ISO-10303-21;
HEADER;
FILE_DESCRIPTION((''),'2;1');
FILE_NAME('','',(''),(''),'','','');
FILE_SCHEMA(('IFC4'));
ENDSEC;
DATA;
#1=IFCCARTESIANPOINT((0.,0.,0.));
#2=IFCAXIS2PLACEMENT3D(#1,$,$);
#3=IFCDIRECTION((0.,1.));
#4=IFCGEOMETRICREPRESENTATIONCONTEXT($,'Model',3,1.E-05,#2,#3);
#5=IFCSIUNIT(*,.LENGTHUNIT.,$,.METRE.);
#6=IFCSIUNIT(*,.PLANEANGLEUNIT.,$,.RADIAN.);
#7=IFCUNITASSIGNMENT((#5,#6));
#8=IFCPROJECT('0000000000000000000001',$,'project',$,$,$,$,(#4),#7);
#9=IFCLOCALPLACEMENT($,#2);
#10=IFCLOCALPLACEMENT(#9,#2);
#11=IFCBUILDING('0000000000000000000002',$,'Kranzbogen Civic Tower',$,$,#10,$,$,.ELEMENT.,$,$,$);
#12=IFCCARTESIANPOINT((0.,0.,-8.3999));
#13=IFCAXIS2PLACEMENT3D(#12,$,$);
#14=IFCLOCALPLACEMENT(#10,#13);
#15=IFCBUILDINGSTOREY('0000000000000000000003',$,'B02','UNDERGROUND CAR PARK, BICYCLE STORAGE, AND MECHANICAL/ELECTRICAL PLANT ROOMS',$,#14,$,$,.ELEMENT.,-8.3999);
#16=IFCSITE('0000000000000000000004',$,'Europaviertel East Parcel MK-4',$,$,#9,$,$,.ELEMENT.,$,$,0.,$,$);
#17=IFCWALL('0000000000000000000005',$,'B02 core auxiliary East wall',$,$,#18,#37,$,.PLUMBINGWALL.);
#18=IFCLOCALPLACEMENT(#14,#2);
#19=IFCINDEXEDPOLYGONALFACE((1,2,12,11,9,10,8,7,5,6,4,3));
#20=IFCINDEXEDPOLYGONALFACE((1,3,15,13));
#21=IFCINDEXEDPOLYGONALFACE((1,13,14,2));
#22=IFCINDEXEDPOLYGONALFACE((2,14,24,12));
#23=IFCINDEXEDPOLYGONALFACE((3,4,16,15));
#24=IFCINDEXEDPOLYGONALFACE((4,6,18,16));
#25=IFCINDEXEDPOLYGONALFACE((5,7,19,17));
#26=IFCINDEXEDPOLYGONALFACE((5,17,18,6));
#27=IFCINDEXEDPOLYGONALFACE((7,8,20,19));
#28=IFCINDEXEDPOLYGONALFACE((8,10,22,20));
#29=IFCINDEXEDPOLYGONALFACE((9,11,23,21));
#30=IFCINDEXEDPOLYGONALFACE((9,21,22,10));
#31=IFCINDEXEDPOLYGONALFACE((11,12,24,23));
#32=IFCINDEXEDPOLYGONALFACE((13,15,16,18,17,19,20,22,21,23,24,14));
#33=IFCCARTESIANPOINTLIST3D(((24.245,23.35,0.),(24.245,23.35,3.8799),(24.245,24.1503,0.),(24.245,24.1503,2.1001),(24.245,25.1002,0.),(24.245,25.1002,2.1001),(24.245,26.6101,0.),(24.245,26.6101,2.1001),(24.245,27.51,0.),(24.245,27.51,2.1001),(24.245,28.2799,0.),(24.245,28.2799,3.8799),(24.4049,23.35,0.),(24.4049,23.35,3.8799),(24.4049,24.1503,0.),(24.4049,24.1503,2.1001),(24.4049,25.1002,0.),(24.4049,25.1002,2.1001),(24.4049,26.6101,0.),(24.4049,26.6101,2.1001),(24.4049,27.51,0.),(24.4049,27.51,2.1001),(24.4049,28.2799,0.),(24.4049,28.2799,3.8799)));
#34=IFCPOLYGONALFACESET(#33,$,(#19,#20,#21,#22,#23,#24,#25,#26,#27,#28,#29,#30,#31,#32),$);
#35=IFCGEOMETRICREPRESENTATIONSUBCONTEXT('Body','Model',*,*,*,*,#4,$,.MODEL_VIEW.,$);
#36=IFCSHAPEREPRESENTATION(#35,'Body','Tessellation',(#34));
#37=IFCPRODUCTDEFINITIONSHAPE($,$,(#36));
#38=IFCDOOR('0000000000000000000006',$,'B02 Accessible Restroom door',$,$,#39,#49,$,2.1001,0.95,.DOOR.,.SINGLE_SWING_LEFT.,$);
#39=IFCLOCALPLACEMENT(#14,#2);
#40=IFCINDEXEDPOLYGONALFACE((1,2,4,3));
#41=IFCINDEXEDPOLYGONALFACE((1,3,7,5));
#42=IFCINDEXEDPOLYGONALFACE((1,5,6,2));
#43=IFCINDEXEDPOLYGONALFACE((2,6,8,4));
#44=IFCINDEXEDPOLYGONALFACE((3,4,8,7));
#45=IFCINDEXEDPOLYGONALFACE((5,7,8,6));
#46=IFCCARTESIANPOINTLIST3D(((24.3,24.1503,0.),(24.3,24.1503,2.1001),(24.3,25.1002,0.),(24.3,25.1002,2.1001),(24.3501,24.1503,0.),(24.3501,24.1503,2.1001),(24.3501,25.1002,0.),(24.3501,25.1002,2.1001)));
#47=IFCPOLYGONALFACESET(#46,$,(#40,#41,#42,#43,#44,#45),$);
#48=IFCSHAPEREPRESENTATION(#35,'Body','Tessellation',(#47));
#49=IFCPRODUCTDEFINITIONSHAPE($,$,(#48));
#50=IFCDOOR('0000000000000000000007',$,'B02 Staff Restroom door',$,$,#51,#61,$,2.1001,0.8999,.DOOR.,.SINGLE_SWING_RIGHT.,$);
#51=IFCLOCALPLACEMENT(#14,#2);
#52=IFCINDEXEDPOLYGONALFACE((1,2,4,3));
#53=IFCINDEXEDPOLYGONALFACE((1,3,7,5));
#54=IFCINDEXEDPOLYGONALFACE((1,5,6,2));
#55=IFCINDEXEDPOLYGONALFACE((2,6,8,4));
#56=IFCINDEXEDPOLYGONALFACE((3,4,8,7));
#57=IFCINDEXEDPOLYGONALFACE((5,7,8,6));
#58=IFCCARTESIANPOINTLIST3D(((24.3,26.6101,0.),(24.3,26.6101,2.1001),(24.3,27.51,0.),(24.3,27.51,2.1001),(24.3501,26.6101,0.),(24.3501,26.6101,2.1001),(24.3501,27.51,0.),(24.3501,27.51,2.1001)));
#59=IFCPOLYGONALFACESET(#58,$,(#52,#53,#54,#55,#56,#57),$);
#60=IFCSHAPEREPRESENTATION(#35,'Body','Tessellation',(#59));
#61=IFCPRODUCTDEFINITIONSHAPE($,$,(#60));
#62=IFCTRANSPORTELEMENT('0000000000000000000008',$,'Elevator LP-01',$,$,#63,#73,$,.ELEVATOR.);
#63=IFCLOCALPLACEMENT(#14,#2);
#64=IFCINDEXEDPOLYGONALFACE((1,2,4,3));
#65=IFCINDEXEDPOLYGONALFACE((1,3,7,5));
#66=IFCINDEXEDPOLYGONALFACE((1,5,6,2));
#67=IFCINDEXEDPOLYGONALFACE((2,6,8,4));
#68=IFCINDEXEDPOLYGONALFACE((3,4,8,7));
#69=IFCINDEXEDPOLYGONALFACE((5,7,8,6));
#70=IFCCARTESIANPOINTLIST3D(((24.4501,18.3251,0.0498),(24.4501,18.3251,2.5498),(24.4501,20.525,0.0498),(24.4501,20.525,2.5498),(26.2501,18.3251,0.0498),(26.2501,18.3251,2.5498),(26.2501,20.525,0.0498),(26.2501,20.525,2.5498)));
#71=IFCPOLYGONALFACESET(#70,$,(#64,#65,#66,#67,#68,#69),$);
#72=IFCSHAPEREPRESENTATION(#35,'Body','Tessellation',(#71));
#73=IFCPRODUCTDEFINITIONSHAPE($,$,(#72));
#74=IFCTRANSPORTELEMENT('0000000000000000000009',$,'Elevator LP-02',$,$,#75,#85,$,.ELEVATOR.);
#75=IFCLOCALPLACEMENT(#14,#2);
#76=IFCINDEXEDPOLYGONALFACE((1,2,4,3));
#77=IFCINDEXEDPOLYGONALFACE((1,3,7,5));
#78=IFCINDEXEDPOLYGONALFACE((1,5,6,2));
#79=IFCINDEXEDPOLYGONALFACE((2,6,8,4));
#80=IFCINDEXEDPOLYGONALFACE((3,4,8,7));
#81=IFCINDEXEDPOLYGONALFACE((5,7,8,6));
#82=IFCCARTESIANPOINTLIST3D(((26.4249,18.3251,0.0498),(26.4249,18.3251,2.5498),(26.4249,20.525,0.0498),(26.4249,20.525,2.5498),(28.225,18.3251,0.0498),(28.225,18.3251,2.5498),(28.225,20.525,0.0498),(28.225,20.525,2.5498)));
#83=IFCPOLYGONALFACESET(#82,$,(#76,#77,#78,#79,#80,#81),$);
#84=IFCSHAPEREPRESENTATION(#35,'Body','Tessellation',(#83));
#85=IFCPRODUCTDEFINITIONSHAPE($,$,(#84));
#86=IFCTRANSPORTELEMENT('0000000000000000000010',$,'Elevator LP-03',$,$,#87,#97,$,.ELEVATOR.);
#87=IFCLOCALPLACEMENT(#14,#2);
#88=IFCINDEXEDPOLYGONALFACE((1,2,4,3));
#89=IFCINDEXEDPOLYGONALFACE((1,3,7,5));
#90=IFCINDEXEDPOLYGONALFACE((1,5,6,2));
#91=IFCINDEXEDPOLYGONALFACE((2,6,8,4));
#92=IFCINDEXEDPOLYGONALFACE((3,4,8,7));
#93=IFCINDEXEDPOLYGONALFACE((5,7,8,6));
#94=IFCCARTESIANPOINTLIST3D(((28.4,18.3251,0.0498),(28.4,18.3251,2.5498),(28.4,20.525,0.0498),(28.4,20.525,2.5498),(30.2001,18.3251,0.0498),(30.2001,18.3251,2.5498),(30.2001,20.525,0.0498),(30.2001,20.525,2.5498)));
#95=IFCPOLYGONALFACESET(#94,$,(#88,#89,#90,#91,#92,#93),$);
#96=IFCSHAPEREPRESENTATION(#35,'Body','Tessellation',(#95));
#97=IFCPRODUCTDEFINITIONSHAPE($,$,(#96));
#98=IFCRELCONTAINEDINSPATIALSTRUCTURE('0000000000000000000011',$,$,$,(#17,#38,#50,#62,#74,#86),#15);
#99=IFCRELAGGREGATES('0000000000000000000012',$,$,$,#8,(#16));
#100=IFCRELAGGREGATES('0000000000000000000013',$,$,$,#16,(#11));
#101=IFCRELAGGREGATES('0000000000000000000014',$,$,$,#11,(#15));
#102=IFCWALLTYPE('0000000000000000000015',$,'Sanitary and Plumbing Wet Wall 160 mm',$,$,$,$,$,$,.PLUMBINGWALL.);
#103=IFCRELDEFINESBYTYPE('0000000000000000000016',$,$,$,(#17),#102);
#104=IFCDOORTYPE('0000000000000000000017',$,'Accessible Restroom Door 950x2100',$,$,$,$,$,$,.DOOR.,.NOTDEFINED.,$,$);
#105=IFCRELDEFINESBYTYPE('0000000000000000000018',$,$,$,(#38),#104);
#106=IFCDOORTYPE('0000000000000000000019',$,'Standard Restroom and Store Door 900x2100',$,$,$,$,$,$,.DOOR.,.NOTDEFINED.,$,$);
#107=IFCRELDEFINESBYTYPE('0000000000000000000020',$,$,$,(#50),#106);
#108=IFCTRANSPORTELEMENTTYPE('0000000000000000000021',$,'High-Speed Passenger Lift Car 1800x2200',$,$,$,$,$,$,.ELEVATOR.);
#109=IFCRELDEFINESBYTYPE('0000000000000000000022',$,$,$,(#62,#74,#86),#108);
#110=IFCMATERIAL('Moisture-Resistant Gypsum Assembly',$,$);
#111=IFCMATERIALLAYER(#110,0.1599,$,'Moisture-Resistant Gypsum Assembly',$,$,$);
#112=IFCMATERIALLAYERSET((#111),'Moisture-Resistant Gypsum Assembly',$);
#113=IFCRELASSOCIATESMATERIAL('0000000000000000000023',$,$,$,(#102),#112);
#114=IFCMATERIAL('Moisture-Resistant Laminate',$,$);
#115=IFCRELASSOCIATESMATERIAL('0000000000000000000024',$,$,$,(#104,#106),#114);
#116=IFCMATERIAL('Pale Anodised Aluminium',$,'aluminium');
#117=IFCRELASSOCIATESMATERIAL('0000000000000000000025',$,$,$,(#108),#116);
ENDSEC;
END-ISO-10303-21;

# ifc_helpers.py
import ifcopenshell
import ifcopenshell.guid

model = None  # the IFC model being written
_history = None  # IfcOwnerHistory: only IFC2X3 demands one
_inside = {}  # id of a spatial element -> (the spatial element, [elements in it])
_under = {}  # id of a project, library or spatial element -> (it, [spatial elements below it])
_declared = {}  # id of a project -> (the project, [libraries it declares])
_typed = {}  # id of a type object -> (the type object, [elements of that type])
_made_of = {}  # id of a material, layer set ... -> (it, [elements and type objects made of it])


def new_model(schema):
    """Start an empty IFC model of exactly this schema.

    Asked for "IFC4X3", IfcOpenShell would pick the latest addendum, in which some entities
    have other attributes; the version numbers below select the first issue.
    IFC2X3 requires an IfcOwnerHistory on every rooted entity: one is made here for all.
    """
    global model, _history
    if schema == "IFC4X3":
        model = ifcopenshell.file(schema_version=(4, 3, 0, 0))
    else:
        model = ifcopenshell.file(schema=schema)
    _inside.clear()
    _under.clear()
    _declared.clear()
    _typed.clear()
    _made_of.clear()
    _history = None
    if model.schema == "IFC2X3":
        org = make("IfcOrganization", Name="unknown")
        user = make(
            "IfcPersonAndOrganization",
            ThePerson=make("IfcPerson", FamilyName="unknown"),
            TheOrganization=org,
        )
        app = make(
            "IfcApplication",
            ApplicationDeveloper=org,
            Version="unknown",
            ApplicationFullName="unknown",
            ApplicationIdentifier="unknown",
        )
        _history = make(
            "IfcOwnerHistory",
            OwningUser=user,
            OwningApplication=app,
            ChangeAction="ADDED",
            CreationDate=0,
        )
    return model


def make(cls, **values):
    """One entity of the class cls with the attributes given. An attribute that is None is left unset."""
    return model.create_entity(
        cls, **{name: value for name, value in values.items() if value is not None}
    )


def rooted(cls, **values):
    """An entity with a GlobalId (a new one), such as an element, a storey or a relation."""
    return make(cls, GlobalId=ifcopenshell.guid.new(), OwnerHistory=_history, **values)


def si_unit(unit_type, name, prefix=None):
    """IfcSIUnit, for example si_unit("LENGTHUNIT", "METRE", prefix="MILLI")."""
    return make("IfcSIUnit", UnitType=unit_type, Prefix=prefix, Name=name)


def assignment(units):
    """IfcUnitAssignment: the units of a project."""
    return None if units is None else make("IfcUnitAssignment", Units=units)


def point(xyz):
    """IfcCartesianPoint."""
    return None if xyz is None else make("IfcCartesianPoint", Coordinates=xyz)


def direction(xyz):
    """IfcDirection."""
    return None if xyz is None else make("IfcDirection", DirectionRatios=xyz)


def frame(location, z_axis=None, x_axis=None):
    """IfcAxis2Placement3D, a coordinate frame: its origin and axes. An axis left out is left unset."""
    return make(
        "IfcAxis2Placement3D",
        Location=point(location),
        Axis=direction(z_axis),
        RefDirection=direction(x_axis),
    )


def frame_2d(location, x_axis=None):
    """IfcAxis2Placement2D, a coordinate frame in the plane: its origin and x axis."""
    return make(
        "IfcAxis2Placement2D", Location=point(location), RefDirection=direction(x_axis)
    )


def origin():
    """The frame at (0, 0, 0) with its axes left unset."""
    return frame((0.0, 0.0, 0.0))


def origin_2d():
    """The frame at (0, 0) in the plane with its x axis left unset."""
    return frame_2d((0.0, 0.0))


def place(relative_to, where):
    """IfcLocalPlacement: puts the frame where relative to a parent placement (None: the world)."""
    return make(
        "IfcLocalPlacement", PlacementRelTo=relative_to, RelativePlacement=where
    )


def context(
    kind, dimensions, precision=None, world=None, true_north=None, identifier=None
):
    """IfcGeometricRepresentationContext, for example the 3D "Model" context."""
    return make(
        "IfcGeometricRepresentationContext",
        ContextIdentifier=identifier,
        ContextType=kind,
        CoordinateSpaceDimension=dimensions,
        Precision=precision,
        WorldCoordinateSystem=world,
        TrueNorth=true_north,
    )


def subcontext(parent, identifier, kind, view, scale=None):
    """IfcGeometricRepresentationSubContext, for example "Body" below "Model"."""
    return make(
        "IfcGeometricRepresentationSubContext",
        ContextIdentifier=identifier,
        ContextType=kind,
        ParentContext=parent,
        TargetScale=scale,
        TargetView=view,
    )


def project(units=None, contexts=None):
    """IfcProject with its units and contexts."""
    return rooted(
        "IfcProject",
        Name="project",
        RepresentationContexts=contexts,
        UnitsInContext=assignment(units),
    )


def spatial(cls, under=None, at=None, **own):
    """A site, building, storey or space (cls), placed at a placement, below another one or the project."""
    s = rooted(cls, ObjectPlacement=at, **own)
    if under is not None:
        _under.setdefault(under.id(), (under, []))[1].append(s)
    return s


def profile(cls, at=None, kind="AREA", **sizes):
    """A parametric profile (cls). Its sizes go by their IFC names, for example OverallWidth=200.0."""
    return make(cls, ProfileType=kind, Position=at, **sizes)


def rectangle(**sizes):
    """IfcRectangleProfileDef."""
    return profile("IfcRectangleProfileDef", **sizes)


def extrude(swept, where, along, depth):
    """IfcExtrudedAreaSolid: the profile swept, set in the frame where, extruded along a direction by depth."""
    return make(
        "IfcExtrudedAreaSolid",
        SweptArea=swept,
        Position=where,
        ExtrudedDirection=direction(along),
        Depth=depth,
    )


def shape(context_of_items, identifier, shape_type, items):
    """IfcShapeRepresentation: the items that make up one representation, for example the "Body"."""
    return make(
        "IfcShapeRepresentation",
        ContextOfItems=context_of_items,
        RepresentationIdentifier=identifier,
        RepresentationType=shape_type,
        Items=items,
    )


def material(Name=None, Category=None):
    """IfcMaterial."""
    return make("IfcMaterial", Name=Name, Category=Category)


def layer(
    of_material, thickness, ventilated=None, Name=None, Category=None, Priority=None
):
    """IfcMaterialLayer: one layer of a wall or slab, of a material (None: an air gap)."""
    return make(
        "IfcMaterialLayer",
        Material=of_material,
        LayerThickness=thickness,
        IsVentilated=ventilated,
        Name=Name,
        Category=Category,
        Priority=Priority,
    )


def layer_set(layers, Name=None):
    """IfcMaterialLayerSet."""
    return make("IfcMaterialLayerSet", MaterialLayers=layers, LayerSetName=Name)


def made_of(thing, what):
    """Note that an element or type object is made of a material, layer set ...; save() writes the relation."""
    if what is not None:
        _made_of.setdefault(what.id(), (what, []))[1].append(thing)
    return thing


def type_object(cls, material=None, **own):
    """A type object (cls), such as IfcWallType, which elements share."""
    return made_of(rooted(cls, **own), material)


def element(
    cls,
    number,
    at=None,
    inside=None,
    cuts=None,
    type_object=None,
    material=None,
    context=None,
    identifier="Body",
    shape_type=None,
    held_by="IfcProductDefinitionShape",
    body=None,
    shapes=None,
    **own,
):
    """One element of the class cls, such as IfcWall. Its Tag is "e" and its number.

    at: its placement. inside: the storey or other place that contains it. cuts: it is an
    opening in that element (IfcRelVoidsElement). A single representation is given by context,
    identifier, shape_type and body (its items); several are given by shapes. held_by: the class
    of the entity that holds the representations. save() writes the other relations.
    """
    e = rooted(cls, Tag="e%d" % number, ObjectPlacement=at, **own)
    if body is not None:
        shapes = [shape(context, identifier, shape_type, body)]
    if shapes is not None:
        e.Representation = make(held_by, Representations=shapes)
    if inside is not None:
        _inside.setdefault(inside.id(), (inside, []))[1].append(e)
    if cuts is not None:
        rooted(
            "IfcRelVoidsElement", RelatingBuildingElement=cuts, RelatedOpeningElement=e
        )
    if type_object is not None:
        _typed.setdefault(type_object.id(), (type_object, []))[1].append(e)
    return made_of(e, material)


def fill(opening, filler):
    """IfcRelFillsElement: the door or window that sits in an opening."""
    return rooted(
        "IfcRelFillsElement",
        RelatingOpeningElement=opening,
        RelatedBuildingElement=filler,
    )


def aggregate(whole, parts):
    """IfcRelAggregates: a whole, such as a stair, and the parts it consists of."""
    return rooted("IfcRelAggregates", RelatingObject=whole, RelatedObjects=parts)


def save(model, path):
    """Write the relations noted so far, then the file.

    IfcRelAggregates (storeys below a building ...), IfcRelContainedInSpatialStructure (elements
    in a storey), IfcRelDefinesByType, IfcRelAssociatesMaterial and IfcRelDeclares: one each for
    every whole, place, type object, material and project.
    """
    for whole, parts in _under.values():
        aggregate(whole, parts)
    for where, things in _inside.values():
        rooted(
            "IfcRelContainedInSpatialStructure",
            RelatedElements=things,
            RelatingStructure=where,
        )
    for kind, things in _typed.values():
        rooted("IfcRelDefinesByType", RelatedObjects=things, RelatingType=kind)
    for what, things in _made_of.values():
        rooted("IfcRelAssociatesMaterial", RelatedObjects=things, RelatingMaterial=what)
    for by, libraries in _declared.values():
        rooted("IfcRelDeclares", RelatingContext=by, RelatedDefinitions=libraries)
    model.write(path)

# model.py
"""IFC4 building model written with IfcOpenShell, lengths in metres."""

from ifc_helpers import new_model, si_unit, direction, frame, frame_2d, origin, origin_2d, place, context, subcontext, project, spatial, rectangle, extrude, material, layer, layer_set, type_object, element, fill, save


model = new_model("IFC4")

# Units and contexts
model_context = context("Model", 3, precision=1e-05, world=origin(), true_north=direction((0.0, 1.0)))
body_context = subcontext(model_context, "Body", "Model", "MODEL_VIEW")
ifc_project = project(units=[si_unit("LENGTHUNIT", "METRE"), si_unit("PLANEANGLEUNIT", "RADIAN")], contexts=[model_context])

# Site, building, storey
site_placement = place(None, origin())
site = spatial("IfcSite", under=ifc_project, at=site_placement, Name="Europaviertel East Parcel MK-4", CompositionType="ELEMENT", RefElevation=0.0)
building_placement = place(site_placement, origin())
building = spatial("IfcBuilding", under=site, at=building_placement, Name="Kranzbogen Civic Tower", CompositionType="ELEMENT")
storey_placement = place(building_placement, frame((0.0, 0.0, -8.3999)))
storey = spatial("IfcBuildingStorey", under=building, at=storey_placement, Name="B02", Description="UNDERGROUND CAR PARK, BICYCLE STORAGE, AND MECHANICAL/ELECTRICAL PLANT ROOMS", CompositionType="ELEMENT", Elevation=-8.3999)

# Wall, openings, doors
ifc_material_1 = material(Name="Moisture-Resistant Gypsum Assembly")
ifc_layer_1 = layer(ifc_material_1, 0.1599, Name="Moisture-Resistant Gypsum Assembly")
ifc_layer_set_1 = layer_set([ifc_layer_1], Name="Moisture-Resistant Gypsum Assembly")
wall_type_1 = type_object("IfcWallType", Name="Sanitary and Plumbing Wet Wall 160 mm", PredefinedType="PLUMBINGWALL", material=ifc_layer_set_1)
wall_1_placement = place(storey_placement, frame((24.325, 23.3501, 0.0), z_axis=(0.0, 0.0, 1.0), x_axis=(0.0, 1.0, 0.0)))
wall_1 = element("IfcWall", 1, at=wall_1_placement, inside=storey, type_object=wall_type_1, Name="B02 core auxiliary East wall", PredefinedType="PLUMBINGWALL", context=body_context, shape_type="SweptSolid", body=[
    extrude(rectangle(XDim=4.9299, YDim=0.1599, at=frame_2d((2.4648, 0.0))), origin(), (0.0, 0.0, 1.0), 3.8799),
])
opening_1_placement = place(wall_1_placement, frame((0.8, 0.0, 0.0)))
opening_1 = element("IfcOpeningElement", 2, at=opening_1_placement, cuts=wall_1, PredefinedType="OPENING", context=body_context, shape_type="SweptSolid", body=[
    extrude(rectangle(XDim=0.95, YDim=2.1001, at=frame_2d((0.4751, 1.05))), frame((0.0, 0.0898, 0.0), z_axis=(0.0, -1.0, 0.0), x_axis=(1.0, 0.0, 0.0)), (0.0, 0.0, 1.0), 0.1799),
])
opening_2_placement = place(wall_1_placement, frame((3.26, 0.0, 0.0)))
opening_2 = element("IfcOpeningElement", 3, at=opening_2_placement, cuts=wall_1, PredefinedType="OPENING", context=body_context, shape_type="SweptSolid", body=[
    extrude(rectangle(XDim=0.8999, YDim=2.1001, at=frame_2d((0.45, 1.05))), frame((0.0, 0.0898, 0.0), z_axis=(0.0, -1.0, 0.0), x_axis=(1.0, 0.0, 0.0)), (0.0, 0.0, 1.0), 0.1799),
])
ifc_material_2 = material(Name="Moisture-Resistant Laminate")
door_type_1 = type_object("IfcDoorType", Name="Accessible Restroom Door 950x2100", OperationType="NOTDEFINED", PredefinedType="DOOR", material=ifc_material_2)
door_1_placement = place(opening_1_placement, origin())
door_1 = element("IfcDoor", 4, at=door_1_placement, inside=storey, type_object=door_type_1, Name="B02 Accessible Restroom door", OperationType="SINGLE_SWING_LEFT", OverallHeight=2.1001, OverallWidth=0.95, PredefinedType="DOOR", context=body_context, shape_type="SweptSolid", body=[
    extrude(rectangle(XDim=0.95, YDim=2.1001, at=frame_2d((0.4751, 1.05))), frame((0.0, 0.0249, 0.0), z_axis=(0.0, -1.0, 0.0), x_axis=(1.0, 0.0, 0.0)), (0.0, 0.0, 1.0), 0.05),
])
fill(opening_1, door_1)
door_type_2 = type_object("IfcDoorType", Name="Standard Restroom and Store Door 900x2100", OperationType="NOTDEFINED", PredefinedType="DOOR", material=ifc_material_2)
door_2_placement = place(opening_2_placement, origin())
door_2 = element("IfcDoor", 5, at=door_2_placement, inside=storey, type_object=door_type_2, Name="B02 Staff Restroom door", OperationType="SINGLE_SWING_RIGHT", OverallHeight=2.1001, OverallWidth=0.8999, PredefinedType="DOOR", context=body_context, shape_type="SweptSolid", body=[
    extrude(rectangle(XDim=0.8999, YDim=2.1001, at=frame_2d((0.45, 1.05))), frame((0.0, 0.0249, 0.0), z_axis=(0.0, -1.0, 0.0), x_axis=(1.0, 0.0, 0.0)), (0.0, 0.0, 1.0), 0.05),
])
fill(opening_2, door_2)

# Transport elements
ifc_material_3 = material(Name="Pale Anodised Aluminium", Category="aluminium")
transport_element_type = type_object("IfcTransportElementType", Name="High-Speed Passenger Lift Car 1800x2200", PredefinedType="ELEVATOR", material=ifc_material_3)
for number, where, z_axis, x_axis, name in (
    (6, (25.3501, 19.425, 0.0498), (0.0, 0.0, 1.0), (1.0, 0.0, 0.0), "Elevator LP-01"),
    (7, (27.325, 19.425, 0.0498), (0.0, 0.0, 1.0), (1.0, 0.0, 0.0), "Elevator LP-02"),
    (8, (29.3, 19.425, 0.0498), (0.0, 0.0, 1.0), (1.0, 0.0, 0.0), "Elevator LP-03"),
):
    element("IfcTransportElement", number, at=place(storey_placement, frame(where, z_axis=z_axis, x_axis=x_axis)), inside=storey, type_object=transport_element_type, Name=name, PredefinedType="ELEVATOR", context=body_context, shape_type="SweptSolid", body=[
        extrude(rectangle(XDim=1.8, YDim=2.2, at=origin_2d()), origin(), (0.0, 0.0, 1.0), 2.5),
    ])

save(model, "model.ifc")
